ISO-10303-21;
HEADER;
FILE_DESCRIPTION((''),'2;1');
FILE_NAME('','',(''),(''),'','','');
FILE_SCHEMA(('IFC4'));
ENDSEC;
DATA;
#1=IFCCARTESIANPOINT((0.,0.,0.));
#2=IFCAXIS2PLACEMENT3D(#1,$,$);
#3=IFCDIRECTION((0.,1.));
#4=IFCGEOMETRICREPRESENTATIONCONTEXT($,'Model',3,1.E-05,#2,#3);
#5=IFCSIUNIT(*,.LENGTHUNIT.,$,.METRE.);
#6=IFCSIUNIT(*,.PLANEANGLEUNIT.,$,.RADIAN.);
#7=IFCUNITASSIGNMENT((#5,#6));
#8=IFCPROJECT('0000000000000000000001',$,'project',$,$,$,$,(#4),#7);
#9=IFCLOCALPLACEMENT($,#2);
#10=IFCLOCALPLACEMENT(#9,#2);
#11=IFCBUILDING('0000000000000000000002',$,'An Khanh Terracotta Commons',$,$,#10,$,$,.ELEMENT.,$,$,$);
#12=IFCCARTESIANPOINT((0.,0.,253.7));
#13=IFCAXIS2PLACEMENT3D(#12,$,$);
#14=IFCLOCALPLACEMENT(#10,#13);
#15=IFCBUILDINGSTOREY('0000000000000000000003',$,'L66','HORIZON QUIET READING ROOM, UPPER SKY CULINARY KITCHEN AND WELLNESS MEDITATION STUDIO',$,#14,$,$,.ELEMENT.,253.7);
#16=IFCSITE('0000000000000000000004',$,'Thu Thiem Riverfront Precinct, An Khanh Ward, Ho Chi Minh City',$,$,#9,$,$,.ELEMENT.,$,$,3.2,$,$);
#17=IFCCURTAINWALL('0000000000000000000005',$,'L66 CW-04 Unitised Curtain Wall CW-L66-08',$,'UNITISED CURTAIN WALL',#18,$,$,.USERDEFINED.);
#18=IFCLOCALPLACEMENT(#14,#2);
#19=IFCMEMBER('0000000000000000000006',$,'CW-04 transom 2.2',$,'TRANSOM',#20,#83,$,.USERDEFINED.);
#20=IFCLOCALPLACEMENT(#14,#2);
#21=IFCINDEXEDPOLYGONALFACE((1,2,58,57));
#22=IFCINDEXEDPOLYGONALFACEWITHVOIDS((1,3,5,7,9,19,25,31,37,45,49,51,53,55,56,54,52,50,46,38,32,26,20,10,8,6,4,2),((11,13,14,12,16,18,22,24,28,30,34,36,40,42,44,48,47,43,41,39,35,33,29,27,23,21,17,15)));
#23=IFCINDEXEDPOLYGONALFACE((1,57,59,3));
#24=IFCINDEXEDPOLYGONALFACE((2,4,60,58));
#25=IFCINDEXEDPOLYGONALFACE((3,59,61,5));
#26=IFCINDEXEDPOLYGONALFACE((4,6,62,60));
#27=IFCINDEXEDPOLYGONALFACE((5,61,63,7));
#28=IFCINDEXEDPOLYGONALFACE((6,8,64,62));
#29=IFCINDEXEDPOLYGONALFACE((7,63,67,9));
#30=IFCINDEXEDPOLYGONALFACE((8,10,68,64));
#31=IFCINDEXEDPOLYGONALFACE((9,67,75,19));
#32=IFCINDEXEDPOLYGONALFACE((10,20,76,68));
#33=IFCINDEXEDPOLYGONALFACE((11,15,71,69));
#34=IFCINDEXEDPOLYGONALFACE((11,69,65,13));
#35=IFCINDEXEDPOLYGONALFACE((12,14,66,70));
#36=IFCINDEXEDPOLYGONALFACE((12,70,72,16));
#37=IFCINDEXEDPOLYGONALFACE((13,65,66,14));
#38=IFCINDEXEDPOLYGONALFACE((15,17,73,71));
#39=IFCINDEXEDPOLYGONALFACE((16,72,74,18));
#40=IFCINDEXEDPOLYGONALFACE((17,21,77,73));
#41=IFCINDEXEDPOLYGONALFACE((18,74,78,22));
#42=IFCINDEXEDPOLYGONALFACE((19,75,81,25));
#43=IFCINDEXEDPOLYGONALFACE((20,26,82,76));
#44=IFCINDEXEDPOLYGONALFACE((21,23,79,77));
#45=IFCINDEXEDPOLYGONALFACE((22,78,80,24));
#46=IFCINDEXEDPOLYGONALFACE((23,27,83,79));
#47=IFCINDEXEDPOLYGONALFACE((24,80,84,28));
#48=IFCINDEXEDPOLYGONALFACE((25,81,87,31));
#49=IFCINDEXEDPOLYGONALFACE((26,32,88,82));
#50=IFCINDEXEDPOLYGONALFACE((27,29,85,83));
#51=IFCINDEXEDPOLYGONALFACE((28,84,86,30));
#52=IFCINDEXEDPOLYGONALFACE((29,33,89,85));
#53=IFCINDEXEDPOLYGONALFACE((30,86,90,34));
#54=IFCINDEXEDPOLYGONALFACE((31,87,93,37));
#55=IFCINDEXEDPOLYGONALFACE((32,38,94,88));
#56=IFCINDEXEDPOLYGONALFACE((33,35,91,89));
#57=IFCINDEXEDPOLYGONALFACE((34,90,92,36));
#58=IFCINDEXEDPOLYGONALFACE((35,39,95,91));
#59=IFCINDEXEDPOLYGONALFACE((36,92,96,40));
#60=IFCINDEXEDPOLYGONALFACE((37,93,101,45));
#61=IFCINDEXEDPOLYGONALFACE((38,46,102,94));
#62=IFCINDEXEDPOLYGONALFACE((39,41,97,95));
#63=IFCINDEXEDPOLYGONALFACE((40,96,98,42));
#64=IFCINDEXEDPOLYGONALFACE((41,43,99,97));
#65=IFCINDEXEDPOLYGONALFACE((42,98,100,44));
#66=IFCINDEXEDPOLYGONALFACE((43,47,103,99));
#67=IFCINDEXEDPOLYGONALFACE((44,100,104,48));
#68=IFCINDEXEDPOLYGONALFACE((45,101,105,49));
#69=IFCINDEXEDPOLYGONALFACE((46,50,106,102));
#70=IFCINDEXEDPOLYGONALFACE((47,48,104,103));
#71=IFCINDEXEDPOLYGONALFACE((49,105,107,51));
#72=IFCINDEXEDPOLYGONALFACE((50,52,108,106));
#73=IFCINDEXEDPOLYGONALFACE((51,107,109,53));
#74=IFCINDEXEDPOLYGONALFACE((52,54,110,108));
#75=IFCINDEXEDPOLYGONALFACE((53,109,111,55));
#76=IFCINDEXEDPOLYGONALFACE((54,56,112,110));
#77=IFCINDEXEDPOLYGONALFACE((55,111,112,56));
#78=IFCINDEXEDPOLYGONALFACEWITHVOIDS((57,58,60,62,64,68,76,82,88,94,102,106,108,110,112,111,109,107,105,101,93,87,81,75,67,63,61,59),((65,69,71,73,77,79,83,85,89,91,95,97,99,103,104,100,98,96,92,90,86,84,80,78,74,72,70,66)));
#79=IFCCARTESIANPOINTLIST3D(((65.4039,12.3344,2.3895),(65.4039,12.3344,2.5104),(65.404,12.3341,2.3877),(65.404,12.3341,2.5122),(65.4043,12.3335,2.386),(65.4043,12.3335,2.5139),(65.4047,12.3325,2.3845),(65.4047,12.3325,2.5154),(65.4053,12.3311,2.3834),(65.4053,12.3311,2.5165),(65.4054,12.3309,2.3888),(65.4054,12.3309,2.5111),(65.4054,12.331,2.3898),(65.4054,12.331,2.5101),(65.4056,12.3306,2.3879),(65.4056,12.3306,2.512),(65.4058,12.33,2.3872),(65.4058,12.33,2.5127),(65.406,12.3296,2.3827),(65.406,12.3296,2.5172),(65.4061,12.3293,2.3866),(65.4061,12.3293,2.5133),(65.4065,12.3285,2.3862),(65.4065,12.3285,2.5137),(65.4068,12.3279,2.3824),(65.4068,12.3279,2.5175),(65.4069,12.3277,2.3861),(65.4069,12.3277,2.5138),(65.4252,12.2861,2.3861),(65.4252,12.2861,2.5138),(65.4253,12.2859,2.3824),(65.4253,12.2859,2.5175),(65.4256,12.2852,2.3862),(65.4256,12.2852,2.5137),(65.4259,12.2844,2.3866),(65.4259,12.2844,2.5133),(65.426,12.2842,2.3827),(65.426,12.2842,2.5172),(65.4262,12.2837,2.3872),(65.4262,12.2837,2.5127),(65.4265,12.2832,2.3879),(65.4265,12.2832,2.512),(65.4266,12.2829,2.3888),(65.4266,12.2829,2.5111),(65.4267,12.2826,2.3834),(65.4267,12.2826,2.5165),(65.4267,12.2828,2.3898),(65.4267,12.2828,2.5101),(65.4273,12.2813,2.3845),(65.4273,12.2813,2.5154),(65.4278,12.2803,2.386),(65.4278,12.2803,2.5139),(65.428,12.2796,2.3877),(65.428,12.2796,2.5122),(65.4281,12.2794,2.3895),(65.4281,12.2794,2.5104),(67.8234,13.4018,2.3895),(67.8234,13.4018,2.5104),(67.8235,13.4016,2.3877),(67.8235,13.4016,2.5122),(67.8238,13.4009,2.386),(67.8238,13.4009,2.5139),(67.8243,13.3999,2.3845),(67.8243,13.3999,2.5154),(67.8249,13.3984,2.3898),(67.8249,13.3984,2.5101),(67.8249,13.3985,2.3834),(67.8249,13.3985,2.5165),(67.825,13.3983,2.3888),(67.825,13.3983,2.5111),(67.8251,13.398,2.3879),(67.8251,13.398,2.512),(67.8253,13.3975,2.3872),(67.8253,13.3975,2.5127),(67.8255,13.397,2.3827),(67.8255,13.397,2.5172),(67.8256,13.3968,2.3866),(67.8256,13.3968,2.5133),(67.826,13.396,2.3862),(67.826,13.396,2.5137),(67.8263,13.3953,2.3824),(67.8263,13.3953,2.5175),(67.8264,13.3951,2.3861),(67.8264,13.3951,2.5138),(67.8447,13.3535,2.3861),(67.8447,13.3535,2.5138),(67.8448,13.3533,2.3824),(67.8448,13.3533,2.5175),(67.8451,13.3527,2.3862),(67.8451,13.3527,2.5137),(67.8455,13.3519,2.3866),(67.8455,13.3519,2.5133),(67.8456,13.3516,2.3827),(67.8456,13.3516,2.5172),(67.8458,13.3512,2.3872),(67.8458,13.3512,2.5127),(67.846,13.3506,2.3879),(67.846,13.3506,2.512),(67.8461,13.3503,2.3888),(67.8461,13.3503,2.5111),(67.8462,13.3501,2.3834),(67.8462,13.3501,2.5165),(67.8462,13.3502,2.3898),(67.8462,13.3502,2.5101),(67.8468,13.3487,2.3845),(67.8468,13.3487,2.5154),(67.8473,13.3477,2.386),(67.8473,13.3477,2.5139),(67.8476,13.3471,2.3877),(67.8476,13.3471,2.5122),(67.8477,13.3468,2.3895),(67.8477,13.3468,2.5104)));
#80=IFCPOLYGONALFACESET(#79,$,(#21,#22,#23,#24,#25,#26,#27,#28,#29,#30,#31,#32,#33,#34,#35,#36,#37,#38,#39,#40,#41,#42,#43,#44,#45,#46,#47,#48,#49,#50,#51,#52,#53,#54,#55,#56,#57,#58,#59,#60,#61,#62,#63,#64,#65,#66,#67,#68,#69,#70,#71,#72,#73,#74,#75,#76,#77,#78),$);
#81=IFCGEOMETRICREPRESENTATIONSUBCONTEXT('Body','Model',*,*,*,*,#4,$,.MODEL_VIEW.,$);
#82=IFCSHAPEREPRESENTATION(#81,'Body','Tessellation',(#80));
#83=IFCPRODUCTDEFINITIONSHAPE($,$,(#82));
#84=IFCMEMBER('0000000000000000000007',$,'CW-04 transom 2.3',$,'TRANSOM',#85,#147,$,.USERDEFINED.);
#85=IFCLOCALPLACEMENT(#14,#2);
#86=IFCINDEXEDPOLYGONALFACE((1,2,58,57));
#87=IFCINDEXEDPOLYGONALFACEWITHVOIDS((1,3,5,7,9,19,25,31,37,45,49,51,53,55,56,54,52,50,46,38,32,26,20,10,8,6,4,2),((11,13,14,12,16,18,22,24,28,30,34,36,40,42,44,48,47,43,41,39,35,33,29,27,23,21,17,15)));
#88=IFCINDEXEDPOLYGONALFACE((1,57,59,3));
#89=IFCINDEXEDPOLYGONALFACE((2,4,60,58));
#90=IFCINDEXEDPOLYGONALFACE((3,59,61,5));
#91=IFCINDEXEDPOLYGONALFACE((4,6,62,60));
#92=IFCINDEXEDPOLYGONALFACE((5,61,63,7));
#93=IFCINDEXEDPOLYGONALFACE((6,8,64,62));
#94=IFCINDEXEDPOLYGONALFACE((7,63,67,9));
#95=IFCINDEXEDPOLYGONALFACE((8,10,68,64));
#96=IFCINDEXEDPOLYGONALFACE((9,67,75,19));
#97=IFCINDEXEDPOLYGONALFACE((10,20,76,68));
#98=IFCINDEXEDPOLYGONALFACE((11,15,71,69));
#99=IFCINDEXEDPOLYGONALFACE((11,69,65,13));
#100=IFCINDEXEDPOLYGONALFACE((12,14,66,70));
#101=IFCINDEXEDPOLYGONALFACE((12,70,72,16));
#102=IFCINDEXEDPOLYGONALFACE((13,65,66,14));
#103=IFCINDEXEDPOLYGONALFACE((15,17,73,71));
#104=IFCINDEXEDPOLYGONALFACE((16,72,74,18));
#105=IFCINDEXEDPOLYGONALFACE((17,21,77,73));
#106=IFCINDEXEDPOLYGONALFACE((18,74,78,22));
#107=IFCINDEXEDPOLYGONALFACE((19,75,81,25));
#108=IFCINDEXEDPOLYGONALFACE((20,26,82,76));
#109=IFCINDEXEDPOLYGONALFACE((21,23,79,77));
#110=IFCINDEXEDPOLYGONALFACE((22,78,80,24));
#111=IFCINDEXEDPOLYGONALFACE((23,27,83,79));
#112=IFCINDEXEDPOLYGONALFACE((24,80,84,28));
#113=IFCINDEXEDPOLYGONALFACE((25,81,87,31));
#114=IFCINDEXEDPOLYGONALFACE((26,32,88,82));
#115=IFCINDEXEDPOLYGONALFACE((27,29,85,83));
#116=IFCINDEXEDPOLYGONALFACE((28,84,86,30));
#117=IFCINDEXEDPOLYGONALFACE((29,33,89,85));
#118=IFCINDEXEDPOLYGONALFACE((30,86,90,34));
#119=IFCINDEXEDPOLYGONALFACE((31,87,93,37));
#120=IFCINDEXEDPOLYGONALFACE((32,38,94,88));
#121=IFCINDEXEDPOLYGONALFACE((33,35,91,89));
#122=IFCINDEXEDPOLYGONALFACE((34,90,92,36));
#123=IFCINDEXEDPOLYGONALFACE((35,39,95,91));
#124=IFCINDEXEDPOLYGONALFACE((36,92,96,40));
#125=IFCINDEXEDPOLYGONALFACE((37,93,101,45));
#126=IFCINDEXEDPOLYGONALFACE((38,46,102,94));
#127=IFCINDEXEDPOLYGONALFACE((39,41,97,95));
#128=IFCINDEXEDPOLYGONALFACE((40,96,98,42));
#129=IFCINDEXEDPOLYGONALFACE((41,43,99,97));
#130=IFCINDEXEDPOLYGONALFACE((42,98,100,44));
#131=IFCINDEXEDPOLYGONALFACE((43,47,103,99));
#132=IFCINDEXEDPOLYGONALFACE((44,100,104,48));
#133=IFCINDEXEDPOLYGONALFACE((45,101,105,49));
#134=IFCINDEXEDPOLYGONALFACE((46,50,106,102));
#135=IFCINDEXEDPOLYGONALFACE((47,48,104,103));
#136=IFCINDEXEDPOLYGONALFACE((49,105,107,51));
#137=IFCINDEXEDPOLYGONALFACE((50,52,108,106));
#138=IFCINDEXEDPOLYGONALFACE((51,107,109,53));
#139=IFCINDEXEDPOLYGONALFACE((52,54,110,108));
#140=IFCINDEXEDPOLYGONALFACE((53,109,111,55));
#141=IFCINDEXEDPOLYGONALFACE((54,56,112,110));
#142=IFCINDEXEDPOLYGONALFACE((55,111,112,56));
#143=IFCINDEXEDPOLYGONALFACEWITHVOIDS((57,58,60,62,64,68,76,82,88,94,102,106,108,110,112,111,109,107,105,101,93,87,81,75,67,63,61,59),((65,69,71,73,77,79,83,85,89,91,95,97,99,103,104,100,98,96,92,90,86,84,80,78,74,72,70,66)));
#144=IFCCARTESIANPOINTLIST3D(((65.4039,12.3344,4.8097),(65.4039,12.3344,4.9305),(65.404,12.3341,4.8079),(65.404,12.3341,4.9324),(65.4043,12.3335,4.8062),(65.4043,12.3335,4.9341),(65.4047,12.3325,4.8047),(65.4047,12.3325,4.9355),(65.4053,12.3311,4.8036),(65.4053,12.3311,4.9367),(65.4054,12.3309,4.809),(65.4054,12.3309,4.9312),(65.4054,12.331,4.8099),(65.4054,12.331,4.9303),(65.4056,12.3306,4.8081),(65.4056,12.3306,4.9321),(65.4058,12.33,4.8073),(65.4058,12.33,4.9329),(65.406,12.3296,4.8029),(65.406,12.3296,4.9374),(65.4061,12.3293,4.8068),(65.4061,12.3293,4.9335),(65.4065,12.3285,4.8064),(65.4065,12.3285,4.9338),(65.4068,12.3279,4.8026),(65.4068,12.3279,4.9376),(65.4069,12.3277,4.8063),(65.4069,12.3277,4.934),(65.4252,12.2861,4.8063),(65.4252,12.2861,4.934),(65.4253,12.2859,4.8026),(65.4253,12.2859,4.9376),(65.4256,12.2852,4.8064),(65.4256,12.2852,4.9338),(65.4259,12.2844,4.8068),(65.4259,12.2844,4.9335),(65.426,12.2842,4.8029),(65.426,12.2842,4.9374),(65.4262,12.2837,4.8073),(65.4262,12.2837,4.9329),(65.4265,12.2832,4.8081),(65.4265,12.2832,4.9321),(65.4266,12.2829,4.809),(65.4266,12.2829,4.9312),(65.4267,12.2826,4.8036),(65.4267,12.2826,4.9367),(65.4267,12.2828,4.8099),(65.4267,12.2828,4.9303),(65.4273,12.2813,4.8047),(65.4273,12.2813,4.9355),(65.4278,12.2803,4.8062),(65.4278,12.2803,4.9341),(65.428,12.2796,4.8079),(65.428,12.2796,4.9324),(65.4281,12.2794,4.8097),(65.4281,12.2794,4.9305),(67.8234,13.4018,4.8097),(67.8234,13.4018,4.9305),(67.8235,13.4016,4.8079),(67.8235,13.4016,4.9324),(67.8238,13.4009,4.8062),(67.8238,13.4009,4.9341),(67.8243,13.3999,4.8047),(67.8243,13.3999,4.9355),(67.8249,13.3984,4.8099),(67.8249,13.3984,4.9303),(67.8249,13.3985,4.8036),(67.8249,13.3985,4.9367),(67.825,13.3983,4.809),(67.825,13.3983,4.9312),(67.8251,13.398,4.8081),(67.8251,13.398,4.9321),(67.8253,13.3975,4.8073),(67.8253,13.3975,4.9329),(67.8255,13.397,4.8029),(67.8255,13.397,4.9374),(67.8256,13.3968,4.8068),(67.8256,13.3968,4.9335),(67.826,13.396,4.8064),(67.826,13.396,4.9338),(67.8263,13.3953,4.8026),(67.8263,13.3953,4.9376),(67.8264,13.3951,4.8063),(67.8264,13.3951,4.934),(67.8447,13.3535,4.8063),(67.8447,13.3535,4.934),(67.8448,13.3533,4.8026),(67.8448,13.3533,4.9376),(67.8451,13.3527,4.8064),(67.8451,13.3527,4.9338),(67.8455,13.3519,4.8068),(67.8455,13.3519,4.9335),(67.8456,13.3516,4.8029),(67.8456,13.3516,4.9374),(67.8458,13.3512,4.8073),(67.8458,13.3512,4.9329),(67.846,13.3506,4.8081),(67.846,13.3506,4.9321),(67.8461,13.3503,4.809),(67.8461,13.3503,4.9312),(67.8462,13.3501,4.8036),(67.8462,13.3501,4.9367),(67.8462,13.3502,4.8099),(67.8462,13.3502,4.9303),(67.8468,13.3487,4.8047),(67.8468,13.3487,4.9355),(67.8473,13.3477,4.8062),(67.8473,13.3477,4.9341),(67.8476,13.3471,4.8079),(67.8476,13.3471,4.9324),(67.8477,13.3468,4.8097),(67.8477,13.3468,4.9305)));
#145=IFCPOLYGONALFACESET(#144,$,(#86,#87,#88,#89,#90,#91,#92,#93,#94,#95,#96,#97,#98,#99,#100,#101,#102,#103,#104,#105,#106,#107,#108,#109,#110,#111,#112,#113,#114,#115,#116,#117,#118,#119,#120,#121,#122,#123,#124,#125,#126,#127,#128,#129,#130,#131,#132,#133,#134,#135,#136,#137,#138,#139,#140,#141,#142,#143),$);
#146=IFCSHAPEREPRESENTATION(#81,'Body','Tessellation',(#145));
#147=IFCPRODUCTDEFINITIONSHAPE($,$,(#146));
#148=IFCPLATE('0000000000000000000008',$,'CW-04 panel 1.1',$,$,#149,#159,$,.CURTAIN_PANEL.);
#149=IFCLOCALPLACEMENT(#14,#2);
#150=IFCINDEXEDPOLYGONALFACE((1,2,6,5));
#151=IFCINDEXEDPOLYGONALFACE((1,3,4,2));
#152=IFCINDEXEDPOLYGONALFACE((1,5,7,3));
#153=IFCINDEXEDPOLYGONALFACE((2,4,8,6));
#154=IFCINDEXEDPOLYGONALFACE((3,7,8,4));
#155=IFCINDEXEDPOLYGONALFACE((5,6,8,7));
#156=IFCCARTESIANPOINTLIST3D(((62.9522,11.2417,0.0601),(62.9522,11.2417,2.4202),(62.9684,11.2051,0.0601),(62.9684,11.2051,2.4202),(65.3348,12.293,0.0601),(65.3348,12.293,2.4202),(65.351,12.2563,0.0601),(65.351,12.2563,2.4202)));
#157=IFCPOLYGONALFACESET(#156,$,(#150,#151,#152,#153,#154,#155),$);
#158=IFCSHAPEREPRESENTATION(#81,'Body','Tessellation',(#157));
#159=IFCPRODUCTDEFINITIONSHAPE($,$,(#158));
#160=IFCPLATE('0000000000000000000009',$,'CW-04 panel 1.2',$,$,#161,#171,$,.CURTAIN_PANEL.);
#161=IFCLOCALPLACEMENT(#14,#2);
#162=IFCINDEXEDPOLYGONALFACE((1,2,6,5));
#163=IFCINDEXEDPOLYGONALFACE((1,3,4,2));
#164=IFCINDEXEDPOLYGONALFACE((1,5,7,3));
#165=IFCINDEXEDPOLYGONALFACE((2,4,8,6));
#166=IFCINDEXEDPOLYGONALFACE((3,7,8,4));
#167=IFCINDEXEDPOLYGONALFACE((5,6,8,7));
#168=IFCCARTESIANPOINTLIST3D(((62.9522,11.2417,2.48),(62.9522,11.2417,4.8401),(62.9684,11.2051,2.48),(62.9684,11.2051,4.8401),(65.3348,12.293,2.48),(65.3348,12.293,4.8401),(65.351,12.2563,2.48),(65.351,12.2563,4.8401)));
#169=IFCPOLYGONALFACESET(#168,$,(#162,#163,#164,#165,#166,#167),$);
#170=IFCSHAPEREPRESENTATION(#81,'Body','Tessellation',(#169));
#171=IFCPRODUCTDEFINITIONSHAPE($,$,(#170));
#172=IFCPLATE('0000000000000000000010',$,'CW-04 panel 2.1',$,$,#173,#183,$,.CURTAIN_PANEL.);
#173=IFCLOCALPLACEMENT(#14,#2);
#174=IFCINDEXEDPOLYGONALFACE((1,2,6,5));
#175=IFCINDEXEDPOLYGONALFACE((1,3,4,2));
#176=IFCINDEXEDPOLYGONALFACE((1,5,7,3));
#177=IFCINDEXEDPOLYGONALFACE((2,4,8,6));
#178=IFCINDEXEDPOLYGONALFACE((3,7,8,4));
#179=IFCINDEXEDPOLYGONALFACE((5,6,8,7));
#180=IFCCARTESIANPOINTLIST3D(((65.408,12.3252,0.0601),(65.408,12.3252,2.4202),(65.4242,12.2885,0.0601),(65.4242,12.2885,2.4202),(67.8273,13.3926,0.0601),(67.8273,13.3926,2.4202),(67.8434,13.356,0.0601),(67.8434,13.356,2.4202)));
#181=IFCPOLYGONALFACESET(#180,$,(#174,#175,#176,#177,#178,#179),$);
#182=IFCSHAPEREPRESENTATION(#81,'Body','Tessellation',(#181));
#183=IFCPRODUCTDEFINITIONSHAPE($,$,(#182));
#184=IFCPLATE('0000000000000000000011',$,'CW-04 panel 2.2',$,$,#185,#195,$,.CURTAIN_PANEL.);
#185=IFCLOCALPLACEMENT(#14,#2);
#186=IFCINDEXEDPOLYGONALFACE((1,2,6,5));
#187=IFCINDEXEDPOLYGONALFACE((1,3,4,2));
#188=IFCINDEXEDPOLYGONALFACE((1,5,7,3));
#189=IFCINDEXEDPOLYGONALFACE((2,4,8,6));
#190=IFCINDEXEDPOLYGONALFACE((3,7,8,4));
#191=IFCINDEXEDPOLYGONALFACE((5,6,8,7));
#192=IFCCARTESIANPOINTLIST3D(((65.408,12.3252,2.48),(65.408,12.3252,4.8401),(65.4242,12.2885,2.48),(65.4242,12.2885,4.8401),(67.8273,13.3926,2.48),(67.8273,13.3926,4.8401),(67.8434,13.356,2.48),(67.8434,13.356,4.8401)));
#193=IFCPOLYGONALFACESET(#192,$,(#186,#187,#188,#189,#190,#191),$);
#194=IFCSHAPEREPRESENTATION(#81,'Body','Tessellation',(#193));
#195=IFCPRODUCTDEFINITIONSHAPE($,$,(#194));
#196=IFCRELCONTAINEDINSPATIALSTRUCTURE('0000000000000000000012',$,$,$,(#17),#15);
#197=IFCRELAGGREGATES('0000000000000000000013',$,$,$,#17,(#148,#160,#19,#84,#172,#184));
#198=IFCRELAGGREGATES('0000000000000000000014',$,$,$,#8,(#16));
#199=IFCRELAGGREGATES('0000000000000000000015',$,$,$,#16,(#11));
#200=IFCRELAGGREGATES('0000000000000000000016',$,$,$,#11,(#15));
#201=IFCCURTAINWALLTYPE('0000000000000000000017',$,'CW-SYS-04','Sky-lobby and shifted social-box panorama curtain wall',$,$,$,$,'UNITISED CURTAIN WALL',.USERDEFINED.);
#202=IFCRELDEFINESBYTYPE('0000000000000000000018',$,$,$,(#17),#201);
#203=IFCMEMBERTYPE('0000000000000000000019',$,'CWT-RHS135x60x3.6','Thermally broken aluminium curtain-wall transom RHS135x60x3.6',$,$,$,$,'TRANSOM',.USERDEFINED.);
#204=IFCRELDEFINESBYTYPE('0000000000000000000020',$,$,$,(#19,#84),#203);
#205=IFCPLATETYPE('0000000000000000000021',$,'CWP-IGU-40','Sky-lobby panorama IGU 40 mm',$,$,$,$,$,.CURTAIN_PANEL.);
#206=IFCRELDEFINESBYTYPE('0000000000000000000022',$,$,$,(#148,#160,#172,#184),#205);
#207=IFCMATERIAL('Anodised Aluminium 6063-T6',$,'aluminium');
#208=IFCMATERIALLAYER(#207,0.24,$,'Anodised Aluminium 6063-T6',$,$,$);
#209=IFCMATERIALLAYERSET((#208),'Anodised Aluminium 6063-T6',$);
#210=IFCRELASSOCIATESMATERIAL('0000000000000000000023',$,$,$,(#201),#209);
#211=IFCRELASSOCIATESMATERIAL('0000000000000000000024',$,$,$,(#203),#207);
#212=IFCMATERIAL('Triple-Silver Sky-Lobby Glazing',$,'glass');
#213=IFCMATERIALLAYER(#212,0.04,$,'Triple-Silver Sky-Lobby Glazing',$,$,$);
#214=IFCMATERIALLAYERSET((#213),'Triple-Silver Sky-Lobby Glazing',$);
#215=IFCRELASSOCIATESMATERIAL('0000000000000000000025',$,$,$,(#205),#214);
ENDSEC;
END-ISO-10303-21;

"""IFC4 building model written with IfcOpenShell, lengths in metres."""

from ifc_helpers import new_model, si_unit, direction, frame, origin, origin_2d, place, context, subcontext, project, spatial, rectangle, hollow_rectangle, extrude, material, layer, layer_set, material_profile, profile_set, type_object, element, aggregate, save


model = new_model("IFC4")

# Units and contexts
model_context = context("Model", 3, precision=1e-05, world=origin(), true_north=direction((0.0, 1.0)))
body_context = subcontext(model_context, "Body", "Model", "MODEL_VIEW")
ifc_project = project(units=[si_unit("LENGTHUNIT", "METRE"), si_unit("PLANEANGLEUNIT", "RADIAN")], contexts=[model_context])

# Site, building, storey
site_placement = place(None, origin())
site = spatial("IfcSite", under=ifc_project, at=site_placement, Name="Thu Thiem Riverfront Precinct, An Khanh Ward, Ho Chi Minh City", CompositionType="ELEMENT", RefElevation=3.2)
building_placement = place(site_placement, origin())
building = spatial("IfcBuilding", under=site, at=building_placement, Name="An Khanh Terracotta Commons", CompositionType="ELEMENT")
storey_placement = place(building_placement, frame((0.0, 0.0, 253.7)))
storey = spatial("IfcBuildingStorey", under=building, at=storey_placement, Name="L66", Description="HORIZON QUIET READING ROOM, UPPER SKY CULINARY KITCHEN AND WELLNESS MEDITATION STUDIO", CompositionType="ELEMENT", Elevation=253.7)

# Curtain wall, members, plates
ifc_material_1 = material(Name="Anodised Aluminium 6063-T6", Category="aluminium")
ifc_layer_1 = layer(ifc_material_1, 0.24, Name="Anodised Aluminium 6063-T6")
ifc_layer_set_1 = layer_set([ifc_layer_1], Name="Anodised Aluminium 6063-T6")
curtain_wall_type = type_object("IfcCurtainWallType", Name="CW-SYS-04", Description="Sky-lobby and shifted social-box panorama curtain wall", ElementType="UNITISED CURTAIN WALL", PredefinedType="USERDEFINED", material=ifc_layer_set_1)
curtain_wall_placement = place(storey_placement, origin())
curtain_wall = element("IfcCurtainWall", 1, at=curtain_wall_placement, inside=storey, type_object=curtain_wall_type, Name="L66 CW-04 Unitised Curtain Wall CW-L66-08", ObjectType="UNITISED CURTAIN WALL", PredefinedType="USERDEFINED")
ifc_material_profile_1 = material_profile(ifc_material_1, hollow_rectangle(XDim=0.0601, YDim=0.135, WallThickness=0.0037, InnerFilletRadius=0.0037, OuterFilletRadius=0.0071, at=origin_2d()), Name="RHS135x60x3.6")
ifc_profile_set_1 = profile_set([ifc_material_profile_1], Name="Anodised Aluminium 6063-T6")
member_type_1 = type_object("IfcMemberType", Name="CWT-RHS135x60x3.6", Description="Thermally broken aluminium curtain-wall transom RHS135x60x3.6", ElementType="TRANSOM", PredefinedType="USERDEFINED", material=ifc_profile_set_1)
member_1_placement = place(storey_placement, frame((65.416, 12.3069, 2.45), z_axis=(0.91492, 0.403636, 0.0), x_axis=(-0.403636, 0.91492, 0.0)))
member_1 = element("IfcMember", 2, at=member_1_placement, type_object=member_type_1, Name="CW-04 transom 2.2", ObjectType="TRANSOM", PredefinedType="USERDEFINED", context=body_context, shape_type="SweptSolid", body=[
    extrude(hollow_rectangle(XDim=0.0601, YDim=0.135, WallThickness=0.0037, InnerFilletRadius=0.0037, OuterFilletRadius=0.0071, at=origin_2d()), origin(), (0.0, 0.0, 1.0), 2.6445),
])
member_2_placement = place(storey_placement, frame((65.416, 12.3069, 4.8701), z_axis=(0.91492, 0.403636, 0.0), x_axis=(-0.403636, 0.91492, 0.0)))
member_2 = element("IfcMember", 3, at=member_2_placement, type_object=member_type_1, Name="CW-04 transom 2.3", ObjectType="TRANSOM", PredefinedType="USERDEFINED", context=body_context, shape_type="SweptSolid", body=[
    extrude(hollow_rectangle(XDim=0.0601, YDim=0.135, WallThickness=0.0037, InnerFilletRadius=0.0037, OuterFilletRadius=0.0071, at=origin_2d()), origin(), (0.0, 0.0, 1.0), 2.6445),
])
ifc_material_2 = material(Name="Triple-Silver Sky-Lobby Glazing", Category="glass")
ifc_layer_2 = layer(ifc_material_2, 0.04, Name="Triple-Silver Sky-Lobby Glazing")
ifc_layer_set_2 = layer_set([ifc_layer_2], Name="Triple-Silver Sky-Lobby Glazing")
plate_type = type_object("IfcPlateType", Name="CWP-IGU-40", Description="Sky-lobby panorama IGU 40 mm", PredefinedType="CURTAIN_PANEL", material=ifc_layer_set_2)
plate_1_placement = place(storey_placement, frame((64.1516, 11.749, 0.0601), z_axis=(0.0, 0.0, 1.0), x_axis=(0.914902, 0.403676, 0.0)))
plate_1 = element("IfcPlate", 4, at=plate_1_placement, type_object=plate_type, Name="CW-04 panel 1.1", PredefinedType="CURTAIN_PANEL", context=body_context, shape_type="SweptSolid", body=[
    extrude(rectangle(XDim=2.6042, YDim=0.04, at=origin_2d()), origin(), (0.0, 0.0, 1.0), 2.3601),
])
plate_2_placement = place(storey_placement, frame((64.1516, 11.749, 2.48), z_axis=(0.0, 0.0, 1.0), x_axis=(0.914902, 0.403676, 0.0)))
plate_2 = element("IfcPlate", 5, at=plate_2_placement, type_object=plate_type, Name="CW-04 panel 1.2", PredefinedType="CURTAIN_PANEL", context=body_context, shape_type="SweptSolid", body=[
    extrude(rectangle(XDim=2.6042, YDim=0.04, at=origin_2d()), origin(), (0.0, 0.0, 1.0), 2.3601),
])
plate_3_placement = place(storey_placement, frame((66.6257, 12.8406, 0.0601), z_axis=(0.0, 0.0, 1.0), x_axis=(0.914902, 0.403676, 0.0)))
plate_3 = element("IfcPlate", 6, at=plate_3_placement, type_object=plate_type, Name="CW-04 panel 2.1", PredefinedType="CURTAIN_PANEL", context=body_context, shape_type="SweptSolid", body=[
    extrude(rectangle(XDim=2.6443, YDim=0.04, at=origin_2d()), origin(), (0.0, 0.0, 1.0), 2.3601),
])
plate_4_placement = place(storey_placement, frame((66.6257, 12.8406, 2.48), z_axis=(0.0, 0.0, 1.0), x_axis=(0.914902, 0.403676, 0.0)))
plate_4 = element("IfcPlate", 7, at=plate_4_placement, type_object=plate_type, Name="CW-04 panel 2.2", PredefinedType="CURTAIN_PANEL", context=body_context, shape_type="SweptSolid", body=[
    extrude(rectangle(XDim=2.6443, YDim=0.04, at=origin_2d()), origin(), (0.0, 0.0, 1.0), 2.3601),
])
aggregate(curtain_wall, [plate_1, plate_2, member_1, member_2, plate_3, plate_4])

save(model, "model.ifc")
